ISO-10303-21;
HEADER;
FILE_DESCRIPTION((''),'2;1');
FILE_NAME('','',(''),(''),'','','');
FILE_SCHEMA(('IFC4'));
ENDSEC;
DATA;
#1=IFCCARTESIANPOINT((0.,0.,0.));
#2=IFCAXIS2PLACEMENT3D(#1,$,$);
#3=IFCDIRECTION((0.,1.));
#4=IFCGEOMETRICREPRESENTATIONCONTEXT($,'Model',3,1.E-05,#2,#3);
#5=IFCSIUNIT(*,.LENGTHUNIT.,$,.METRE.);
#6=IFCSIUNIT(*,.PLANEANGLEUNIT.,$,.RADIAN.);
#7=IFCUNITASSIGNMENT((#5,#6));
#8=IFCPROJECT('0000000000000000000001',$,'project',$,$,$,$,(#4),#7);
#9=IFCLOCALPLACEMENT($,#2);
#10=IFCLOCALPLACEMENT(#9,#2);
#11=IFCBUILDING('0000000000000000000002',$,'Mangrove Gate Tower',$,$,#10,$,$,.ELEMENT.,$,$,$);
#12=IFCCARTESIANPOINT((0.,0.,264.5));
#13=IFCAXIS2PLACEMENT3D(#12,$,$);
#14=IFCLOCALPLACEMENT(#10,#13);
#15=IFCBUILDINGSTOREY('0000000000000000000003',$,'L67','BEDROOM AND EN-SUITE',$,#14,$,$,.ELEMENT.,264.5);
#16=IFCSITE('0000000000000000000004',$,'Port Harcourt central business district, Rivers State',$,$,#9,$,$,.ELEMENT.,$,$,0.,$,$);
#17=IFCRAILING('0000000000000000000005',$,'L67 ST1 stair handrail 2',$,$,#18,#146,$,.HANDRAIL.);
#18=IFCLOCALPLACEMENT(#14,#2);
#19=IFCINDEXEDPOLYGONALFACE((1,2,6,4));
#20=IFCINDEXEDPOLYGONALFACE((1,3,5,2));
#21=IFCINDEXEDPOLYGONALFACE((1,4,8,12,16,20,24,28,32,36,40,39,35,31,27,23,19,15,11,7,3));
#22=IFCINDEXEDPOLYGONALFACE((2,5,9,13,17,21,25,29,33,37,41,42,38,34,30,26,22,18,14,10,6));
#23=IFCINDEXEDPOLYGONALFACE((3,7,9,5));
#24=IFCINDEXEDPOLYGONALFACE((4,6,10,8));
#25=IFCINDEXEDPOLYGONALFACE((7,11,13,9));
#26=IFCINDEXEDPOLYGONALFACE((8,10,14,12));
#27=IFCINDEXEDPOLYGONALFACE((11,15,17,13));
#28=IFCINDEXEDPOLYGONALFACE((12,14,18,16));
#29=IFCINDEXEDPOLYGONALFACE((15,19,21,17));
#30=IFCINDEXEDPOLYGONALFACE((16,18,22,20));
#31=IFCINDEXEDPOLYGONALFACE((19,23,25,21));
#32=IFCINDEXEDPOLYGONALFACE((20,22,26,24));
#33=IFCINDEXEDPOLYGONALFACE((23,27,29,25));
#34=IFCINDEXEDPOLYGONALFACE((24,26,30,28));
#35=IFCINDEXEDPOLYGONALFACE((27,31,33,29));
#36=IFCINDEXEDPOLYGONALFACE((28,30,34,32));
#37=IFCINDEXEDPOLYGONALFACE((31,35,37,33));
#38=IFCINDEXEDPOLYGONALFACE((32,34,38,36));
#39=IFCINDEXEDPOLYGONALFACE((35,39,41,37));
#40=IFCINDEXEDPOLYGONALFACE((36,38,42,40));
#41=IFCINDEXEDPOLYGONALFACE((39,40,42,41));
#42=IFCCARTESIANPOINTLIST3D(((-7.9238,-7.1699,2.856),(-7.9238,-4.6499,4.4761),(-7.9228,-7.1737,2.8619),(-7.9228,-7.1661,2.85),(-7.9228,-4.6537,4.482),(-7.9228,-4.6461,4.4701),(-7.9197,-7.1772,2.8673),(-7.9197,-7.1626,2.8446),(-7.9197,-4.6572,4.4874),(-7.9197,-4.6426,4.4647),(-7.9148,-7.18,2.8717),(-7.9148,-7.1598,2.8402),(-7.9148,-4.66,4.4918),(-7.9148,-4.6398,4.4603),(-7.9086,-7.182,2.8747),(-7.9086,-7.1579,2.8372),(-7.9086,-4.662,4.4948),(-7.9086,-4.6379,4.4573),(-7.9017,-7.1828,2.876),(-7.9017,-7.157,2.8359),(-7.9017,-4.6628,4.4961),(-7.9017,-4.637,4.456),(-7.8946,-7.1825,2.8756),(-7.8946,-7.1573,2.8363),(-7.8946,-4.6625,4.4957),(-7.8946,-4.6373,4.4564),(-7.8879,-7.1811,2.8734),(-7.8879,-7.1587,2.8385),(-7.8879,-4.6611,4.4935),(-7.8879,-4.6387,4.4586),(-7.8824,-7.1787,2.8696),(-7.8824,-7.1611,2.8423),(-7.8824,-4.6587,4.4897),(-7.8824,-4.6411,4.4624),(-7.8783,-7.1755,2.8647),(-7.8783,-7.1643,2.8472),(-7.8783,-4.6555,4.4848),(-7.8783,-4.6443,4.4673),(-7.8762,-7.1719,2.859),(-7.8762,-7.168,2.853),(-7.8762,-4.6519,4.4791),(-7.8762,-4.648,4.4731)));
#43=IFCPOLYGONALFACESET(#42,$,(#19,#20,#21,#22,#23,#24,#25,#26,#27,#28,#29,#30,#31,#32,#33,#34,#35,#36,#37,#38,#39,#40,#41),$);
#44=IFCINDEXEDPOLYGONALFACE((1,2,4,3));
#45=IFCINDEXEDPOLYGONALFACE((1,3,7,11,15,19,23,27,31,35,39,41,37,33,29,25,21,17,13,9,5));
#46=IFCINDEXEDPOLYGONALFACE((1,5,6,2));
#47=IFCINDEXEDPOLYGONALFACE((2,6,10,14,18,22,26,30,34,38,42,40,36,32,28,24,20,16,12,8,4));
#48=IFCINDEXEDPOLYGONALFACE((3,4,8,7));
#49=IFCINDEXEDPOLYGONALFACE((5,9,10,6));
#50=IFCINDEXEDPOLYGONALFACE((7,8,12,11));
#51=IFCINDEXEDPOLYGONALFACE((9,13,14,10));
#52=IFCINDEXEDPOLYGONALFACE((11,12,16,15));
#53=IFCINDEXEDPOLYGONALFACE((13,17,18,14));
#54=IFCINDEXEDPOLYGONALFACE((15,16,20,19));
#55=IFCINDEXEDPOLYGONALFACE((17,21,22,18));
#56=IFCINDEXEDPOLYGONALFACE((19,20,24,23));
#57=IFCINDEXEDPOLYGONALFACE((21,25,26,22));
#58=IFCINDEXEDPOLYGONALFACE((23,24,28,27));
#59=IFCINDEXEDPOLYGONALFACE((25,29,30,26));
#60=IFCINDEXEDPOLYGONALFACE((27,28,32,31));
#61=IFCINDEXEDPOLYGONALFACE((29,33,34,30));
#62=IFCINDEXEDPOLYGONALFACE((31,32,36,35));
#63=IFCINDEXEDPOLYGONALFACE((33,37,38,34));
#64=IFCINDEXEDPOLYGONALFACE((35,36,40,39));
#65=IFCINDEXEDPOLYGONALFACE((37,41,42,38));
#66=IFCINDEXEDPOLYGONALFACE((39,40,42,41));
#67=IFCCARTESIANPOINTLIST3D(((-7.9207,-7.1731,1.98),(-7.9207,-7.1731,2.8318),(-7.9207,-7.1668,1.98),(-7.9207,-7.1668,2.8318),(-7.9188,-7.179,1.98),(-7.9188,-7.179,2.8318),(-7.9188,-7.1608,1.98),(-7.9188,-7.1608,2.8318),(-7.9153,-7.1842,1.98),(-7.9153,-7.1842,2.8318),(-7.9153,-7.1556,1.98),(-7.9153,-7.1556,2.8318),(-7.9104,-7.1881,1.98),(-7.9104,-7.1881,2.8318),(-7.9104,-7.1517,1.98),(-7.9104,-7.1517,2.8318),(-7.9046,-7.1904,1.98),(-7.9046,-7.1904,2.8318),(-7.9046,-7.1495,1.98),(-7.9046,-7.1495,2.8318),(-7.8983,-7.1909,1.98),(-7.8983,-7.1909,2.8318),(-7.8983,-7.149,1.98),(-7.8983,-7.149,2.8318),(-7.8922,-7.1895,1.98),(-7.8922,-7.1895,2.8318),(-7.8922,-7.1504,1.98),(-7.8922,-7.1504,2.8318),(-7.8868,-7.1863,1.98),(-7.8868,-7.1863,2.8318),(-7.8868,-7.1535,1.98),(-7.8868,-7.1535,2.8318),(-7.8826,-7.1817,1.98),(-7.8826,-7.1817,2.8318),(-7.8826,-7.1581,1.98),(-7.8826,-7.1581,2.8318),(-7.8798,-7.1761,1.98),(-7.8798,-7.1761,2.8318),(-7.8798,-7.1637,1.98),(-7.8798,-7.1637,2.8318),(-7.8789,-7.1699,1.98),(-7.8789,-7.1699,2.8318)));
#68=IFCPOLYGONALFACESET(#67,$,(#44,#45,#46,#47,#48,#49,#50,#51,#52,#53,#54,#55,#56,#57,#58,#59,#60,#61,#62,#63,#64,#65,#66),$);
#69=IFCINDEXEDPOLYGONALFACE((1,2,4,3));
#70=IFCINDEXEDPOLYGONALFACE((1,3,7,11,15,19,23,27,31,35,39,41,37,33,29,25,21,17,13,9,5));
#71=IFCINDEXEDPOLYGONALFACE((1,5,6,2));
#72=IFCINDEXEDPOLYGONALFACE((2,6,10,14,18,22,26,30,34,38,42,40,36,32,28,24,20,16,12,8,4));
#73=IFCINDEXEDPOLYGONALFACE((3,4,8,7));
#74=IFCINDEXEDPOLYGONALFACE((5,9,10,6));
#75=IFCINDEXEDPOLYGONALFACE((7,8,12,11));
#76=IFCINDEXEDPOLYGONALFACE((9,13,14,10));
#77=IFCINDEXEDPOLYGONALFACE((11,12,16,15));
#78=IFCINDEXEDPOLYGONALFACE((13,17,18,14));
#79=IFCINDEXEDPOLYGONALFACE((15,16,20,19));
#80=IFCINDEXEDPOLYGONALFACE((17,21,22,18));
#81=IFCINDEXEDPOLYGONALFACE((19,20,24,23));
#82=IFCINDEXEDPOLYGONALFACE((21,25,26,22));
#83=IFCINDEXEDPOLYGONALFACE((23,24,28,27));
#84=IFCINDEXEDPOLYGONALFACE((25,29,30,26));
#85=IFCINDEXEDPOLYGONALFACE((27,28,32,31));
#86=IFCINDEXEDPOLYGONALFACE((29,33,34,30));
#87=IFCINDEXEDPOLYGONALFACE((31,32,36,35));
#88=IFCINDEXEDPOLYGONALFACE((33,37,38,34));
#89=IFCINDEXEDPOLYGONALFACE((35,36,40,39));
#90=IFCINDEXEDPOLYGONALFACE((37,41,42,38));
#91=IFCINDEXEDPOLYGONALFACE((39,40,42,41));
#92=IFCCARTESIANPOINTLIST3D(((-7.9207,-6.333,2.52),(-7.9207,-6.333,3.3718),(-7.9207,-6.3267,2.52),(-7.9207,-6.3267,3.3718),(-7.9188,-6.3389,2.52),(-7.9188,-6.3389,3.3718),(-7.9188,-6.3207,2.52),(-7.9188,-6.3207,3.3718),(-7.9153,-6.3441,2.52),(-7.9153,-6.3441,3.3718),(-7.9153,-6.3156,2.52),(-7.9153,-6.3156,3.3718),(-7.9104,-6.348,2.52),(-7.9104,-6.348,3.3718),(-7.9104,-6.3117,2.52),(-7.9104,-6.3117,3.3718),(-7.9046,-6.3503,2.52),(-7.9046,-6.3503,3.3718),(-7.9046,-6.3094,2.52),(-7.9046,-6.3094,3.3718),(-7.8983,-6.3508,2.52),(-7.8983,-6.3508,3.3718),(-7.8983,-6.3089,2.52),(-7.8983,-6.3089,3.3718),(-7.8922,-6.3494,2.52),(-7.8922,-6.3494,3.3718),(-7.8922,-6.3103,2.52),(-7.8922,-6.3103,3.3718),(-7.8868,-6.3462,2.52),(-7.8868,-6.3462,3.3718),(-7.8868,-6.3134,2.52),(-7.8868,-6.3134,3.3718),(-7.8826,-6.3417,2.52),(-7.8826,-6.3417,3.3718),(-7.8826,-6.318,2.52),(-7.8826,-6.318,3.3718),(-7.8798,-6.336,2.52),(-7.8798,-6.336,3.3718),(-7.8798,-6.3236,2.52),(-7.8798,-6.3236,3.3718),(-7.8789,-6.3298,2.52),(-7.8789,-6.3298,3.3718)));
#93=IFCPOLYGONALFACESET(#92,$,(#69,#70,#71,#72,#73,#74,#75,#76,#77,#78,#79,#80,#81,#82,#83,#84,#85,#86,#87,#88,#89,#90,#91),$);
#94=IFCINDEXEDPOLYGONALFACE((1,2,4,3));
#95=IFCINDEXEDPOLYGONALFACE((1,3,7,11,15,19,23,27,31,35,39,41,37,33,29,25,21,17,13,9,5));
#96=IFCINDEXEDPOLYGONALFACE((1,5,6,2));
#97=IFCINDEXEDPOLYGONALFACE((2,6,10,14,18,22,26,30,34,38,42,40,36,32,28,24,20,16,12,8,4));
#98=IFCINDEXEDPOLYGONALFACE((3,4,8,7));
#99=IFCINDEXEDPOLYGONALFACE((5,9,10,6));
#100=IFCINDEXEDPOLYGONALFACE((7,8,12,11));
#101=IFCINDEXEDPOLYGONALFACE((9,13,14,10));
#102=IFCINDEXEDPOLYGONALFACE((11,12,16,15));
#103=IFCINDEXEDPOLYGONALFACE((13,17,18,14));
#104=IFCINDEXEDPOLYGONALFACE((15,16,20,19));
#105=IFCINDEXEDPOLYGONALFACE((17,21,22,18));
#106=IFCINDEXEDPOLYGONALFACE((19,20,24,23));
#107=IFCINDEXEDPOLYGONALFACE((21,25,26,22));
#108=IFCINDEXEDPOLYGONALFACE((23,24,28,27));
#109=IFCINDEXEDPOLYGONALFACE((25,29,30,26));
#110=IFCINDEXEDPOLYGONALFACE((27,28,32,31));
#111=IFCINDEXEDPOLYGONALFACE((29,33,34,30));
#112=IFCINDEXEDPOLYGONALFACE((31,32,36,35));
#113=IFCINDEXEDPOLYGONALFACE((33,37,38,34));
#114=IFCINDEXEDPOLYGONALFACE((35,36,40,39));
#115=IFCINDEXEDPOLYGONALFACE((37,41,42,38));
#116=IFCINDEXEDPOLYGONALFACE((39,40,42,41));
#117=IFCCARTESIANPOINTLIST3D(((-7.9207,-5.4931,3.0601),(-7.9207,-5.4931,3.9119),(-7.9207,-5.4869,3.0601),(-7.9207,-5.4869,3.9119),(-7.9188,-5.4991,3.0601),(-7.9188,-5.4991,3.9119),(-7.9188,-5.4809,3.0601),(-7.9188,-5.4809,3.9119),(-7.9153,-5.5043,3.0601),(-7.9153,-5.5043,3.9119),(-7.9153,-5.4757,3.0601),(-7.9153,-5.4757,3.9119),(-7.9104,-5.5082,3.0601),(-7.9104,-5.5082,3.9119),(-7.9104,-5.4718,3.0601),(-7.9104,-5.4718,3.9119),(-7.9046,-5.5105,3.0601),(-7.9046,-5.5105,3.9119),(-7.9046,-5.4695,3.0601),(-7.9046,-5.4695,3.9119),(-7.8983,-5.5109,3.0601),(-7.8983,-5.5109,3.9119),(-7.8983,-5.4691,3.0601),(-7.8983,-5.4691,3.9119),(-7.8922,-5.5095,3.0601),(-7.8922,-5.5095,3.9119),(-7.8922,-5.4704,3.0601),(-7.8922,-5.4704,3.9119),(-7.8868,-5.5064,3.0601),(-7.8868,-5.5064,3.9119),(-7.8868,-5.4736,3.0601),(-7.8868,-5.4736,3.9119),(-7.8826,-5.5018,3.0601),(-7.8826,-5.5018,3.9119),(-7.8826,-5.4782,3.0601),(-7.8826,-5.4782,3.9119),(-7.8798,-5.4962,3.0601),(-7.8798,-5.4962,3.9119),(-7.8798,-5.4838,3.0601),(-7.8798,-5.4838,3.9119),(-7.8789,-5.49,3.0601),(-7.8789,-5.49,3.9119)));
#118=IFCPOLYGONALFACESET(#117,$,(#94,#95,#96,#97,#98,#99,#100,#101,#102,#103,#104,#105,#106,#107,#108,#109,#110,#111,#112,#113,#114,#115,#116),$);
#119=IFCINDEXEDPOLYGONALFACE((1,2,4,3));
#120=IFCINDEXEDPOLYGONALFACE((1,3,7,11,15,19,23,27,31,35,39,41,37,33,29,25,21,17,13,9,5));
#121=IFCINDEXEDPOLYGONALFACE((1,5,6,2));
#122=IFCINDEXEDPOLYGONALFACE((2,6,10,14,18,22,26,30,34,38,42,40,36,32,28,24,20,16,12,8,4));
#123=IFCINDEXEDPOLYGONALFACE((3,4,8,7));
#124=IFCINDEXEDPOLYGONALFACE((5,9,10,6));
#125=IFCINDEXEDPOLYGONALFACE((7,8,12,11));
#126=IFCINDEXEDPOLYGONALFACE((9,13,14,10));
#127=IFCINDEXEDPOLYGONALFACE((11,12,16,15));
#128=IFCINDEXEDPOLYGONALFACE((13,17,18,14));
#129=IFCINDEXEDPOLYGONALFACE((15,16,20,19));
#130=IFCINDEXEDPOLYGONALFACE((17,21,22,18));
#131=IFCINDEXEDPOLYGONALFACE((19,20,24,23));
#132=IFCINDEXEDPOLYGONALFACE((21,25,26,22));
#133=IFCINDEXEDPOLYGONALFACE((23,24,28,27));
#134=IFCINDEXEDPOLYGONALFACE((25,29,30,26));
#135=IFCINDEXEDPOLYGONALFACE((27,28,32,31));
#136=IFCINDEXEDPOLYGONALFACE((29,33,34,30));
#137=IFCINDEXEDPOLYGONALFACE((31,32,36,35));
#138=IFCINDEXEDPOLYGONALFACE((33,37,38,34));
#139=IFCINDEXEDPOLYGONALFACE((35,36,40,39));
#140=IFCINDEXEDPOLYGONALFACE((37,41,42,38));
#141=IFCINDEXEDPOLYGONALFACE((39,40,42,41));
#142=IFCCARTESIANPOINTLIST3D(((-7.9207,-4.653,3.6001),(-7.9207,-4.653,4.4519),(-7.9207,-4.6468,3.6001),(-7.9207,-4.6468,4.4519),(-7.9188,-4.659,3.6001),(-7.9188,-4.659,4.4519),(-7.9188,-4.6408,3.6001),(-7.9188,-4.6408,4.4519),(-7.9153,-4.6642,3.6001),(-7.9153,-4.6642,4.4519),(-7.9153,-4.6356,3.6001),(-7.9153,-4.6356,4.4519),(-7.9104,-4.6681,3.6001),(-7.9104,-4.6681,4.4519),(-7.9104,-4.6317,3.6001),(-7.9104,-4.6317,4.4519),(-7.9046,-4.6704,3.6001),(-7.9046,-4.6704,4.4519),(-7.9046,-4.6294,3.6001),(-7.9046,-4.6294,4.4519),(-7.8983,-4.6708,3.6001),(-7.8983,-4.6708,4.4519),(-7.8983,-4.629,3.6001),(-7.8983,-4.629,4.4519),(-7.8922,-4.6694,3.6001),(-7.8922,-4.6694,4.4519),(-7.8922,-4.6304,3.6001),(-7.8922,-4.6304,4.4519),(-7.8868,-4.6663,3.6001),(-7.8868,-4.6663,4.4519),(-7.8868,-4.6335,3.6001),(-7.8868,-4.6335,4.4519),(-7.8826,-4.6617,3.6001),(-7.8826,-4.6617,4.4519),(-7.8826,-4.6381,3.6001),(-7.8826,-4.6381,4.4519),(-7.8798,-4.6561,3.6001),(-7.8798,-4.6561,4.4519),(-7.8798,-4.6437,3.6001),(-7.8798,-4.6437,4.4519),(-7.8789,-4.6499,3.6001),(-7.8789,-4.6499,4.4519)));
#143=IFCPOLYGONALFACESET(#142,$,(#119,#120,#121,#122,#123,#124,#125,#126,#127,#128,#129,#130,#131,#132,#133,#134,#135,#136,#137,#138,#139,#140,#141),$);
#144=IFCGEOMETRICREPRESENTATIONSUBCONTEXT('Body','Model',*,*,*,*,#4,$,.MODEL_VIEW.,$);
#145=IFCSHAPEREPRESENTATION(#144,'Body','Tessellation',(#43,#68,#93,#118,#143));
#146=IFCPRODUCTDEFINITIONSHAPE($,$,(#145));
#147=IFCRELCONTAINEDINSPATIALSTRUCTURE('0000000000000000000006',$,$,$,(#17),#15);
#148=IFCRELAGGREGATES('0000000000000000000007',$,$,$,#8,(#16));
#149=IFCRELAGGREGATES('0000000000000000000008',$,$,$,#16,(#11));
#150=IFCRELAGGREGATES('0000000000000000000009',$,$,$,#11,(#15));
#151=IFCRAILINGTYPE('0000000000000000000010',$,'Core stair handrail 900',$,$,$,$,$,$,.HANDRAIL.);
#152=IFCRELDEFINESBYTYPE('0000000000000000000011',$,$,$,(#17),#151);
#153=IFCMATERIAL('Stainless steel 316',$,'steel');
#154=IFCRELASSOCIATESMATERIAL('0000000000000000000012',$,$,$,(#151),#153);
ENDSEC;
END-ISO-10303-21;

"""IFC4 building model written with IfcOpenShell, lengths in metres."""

from ifc_helpers import new_model, si_unit, direction, frame, origin, origin_2d, place, context, subcontext, project, spatial, circle, extrude, material, type_object, element, save


model = new_model("IFC4")

# Units and contexts
model_context = context("Model", 3, precision=1e-05, world=origin(), true_north=direction((0.0, 1.0)))
body_context = subcontext(model_context, "Body", "Model", "MODEL_VIEW")
ifc_project = project(units=[si_unit("LENGTHUNIT", "METRE"), si_unit("PLANEANGLEUNIT", "RADIAN")], contexts=[model_context])

# Site, building, storey
site_placement = place(None, origin())
site = spatial("IfcSite", under=ifc_project, at=site_placement, Name="Port Harcourt central business district, Rivers State", CompositionType="ELEMENT", RefElevation=0.0)
building_placement = place(site_placement, origin())
building = spatial("IfcBuilding", under=site, at=building_placement, Name="Mangrove Gate Tower", CompositionType="ELEMENT")
storey_placement = place(building_placement, frame((0.0, 0.0, 264.5)))
storey = spatial("IfcBuildingStorey", under=building, at=storey_placement, Name="L67", Description="BEDROOM AND EN-SUITE", CompositionType="ELEMENT", Elevation=264.5)

# Railing
ifc_material_1 = material(Name="Stainless steel 316", Category="steel")
railing_type_1 = type_object("IfcRailingType", Name="Core stair handrail 900", PredefinedType="HANDRAIL", material=ifc_material_1)
railing_1_placement = place(storey_placement, frame((-7.8999, -7.1699, 1.98)))
element("IfcRailing", 1, at=railing_1_placement, inside=storey, type_object=railing_type_1, Name="L67 ST1 stair handrail 2", PredefinedType="HANDRAIL", context=body_context, shape_type="SweptSolid", body=[
    extrude(circle(Radius=0.0239, at=origin_2d()), frame((0.0, 0.0, 0.876), z_axis=(0.0, 0.841163, 0.540782), x_axis=(-1.0, 0.0, 0.0)), (0.0, 0.0, 1.0), 2.9958),
    extrude(circle(Radius=0.021, at=origin_2d()), origin(), (0.0, 0.0, 1.0), 0.8518),
    extrude(circle(Radius=0.021, at=origin_2d()), frame((0.0, 0.8401, 0.54)), (0.0, 0.0, 1.0), 0.8518),
    extrude(circle(Radius=0.021, at=origin_2d()), frame((0.0, 1.6799, 1.0801)), (0.0, 0.0, 1.0), 0.8518),
    extrude(circle(Radius=0.021, at=origin_2d()), frame((0.0, 2.52, 1.6201)), (0.0, 0.0, 1.0), 0.8518),
])

save(model, "model.ifc")
